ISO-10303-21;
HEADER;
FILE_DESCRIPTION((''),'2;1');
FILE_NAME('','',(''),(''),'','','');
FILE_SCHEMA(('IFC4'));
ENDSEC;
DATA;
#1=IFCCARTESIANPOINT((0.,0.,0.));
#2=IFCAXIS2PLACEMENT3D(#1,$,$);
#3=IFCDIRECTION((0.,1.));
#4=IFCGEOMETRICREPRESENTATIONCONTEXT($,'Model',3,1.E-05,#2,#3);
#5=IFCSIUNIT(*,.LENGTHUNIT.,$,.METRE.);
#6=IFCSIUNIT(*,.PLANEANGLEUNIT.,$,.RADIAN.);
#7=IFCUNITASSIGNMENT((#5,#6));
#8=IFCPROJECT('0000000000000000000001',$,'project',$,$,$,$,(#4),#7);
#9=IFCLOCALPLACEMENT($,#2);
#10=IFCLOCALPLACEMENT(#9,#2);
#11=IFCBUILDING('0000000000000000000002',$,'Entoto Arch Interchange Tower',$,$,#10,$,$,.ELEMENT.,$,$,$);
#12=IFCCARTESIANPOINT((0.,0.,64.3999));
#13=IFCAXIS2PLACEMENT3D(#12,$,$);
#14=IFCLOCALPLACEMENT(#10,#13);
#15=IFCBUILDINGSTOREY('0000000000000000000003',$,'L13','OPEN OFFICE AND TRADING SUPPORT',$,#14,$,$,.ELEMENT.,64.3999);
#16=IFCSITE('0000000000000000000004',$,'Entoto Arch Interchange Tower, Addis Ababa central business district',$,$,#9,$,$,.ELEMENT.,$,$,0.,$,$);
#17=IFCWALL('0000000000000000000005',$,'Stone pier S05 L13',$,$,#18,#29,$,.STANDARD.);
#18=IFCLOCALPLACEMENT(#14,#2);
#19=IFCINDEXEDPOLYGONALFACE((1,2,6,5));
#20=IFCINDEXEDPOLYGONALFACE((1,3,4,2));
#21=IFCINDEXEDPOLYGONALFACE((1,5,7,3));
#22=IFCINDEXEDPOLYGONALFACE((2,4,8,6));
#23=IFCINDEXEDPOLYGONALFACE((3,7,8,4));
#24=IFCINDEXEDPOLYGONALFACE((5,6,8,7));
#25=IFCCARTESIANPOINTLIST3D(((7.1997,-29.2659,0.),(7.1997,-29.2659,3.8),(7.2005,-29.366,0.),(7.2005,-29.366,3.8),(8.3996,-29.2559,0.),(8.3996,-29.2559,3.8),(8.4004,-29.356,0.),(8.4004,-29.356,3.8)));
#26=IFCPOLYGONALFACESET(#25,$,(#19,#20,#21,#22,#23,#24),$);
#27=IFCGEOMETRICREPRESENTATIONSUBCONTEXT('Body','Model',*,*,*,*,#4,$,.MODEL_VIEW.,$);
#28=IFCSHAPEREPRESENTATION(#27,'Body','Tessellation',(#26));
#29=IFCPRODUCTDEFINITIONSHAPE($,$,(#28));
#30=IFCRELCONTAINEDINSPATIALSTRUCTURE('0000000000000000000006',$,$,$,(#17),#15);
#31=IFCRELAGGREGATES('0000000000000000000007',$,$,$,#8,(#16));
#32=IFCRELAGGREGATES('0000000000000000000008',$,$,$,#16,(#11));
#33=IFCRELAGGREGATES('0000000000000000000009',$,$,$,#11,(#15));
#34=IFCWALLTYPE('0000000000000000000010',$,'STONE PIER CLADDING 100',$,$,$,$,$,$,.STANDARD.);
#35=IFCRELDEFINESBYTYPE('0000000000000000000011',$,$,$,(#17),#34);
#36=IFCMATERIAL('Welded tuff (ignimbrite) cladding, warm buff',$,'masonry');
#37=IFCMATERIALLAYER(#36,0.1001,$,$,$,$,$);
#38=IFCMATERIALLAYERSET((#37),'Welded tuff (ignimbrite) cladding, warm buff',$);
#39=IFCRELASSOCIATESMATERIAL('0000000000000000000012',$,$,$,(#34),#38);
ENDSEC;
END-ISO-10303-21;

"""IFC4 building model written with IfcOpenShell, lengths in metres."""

from ifc_helpers import new_model, si_unit, direction, frame, frame_2d, origin, place, context, subcontext, project, spatial, rectangle, extrude, material, layer, layer_set, type_object, element, save


model = new_model("IFC4")

# Units and contexts
model_context = context("Model", 3, precision=1e-05, world=origin(), true_north=direction((0.0, 1.0)))
body_context = subcontext(model_context, "Body", "Model", "MODEL_VIEW")
ifc_project = project(units=[si_unit("LENGTHUNIT", "METRE"), si_unit("PLANEANGLEUNIT", "RADIAN")], contexts=[model_context])

# Site, building, storey
site_placement = place(None, origin())
site = spatial("IfcSite", under=ifc_project, at=site_placement, Name="Entoto Arch Interchange Tower, Addis Ababa central business district", CompositionType="ELEMENT", RefElevation=0.0)
building_placement = place(site_placement, origin())
building = spatial("IfcBuilding", under=site, at=building_placement, Name="Entoto Arch Interchange Tower", CompositionType="ELEMENT")
storey_placement = place(building_placement, frame((0.0, 0.0, 64.3999)))
storey = spatial("IfcBuildingStorey", under=building, at=storey_placement, Name="L13", Description="OPEN OFFICE AND TRADING SUPPORT", CompositionType="ELEMENT", Elevation=64.3999)

# Shared definitions
ifc_material_1 = material(Name="Welded tuff (ignimbrite) cladding, warm buff", Category="masonry")

# Wall
ifc_layer_1 = layer(ifc_material_1, 0.1001)
ifc_layer_set_1 = layer_set([ifc_layer_1], Name="Welded tuff (ignimbrite) cladding, warm buff")
wall_type_1 = type_object("IfcWallType", Name="STONE PIER CLADDING 100", PredefinedType="STANDARD", material=ifc_layer_set_1)
wall_1_placement = place(storey_placement, frame((7.2, -29.3159, 0.0), z_axis=(0.0, 0.0, 1.0), x_axis=(0.999965, 0.008342, 0.0)))
element("IfcWall", 1, at=wall_1_placement, inside=storey, type_object=wall_type_1, Name="Stone pier S05 L13", PredefinedType="STANDARD", context=body_context, shape_type="SweptSolid", body=[
    extrude(rectangle(XDim=1.2, YDim=0.1001, at=frame_2d((0.6001, 0.0))), origin(), (0.0, 0.0, 1.0), 3.8),
])

save(model, "model.ifc")
